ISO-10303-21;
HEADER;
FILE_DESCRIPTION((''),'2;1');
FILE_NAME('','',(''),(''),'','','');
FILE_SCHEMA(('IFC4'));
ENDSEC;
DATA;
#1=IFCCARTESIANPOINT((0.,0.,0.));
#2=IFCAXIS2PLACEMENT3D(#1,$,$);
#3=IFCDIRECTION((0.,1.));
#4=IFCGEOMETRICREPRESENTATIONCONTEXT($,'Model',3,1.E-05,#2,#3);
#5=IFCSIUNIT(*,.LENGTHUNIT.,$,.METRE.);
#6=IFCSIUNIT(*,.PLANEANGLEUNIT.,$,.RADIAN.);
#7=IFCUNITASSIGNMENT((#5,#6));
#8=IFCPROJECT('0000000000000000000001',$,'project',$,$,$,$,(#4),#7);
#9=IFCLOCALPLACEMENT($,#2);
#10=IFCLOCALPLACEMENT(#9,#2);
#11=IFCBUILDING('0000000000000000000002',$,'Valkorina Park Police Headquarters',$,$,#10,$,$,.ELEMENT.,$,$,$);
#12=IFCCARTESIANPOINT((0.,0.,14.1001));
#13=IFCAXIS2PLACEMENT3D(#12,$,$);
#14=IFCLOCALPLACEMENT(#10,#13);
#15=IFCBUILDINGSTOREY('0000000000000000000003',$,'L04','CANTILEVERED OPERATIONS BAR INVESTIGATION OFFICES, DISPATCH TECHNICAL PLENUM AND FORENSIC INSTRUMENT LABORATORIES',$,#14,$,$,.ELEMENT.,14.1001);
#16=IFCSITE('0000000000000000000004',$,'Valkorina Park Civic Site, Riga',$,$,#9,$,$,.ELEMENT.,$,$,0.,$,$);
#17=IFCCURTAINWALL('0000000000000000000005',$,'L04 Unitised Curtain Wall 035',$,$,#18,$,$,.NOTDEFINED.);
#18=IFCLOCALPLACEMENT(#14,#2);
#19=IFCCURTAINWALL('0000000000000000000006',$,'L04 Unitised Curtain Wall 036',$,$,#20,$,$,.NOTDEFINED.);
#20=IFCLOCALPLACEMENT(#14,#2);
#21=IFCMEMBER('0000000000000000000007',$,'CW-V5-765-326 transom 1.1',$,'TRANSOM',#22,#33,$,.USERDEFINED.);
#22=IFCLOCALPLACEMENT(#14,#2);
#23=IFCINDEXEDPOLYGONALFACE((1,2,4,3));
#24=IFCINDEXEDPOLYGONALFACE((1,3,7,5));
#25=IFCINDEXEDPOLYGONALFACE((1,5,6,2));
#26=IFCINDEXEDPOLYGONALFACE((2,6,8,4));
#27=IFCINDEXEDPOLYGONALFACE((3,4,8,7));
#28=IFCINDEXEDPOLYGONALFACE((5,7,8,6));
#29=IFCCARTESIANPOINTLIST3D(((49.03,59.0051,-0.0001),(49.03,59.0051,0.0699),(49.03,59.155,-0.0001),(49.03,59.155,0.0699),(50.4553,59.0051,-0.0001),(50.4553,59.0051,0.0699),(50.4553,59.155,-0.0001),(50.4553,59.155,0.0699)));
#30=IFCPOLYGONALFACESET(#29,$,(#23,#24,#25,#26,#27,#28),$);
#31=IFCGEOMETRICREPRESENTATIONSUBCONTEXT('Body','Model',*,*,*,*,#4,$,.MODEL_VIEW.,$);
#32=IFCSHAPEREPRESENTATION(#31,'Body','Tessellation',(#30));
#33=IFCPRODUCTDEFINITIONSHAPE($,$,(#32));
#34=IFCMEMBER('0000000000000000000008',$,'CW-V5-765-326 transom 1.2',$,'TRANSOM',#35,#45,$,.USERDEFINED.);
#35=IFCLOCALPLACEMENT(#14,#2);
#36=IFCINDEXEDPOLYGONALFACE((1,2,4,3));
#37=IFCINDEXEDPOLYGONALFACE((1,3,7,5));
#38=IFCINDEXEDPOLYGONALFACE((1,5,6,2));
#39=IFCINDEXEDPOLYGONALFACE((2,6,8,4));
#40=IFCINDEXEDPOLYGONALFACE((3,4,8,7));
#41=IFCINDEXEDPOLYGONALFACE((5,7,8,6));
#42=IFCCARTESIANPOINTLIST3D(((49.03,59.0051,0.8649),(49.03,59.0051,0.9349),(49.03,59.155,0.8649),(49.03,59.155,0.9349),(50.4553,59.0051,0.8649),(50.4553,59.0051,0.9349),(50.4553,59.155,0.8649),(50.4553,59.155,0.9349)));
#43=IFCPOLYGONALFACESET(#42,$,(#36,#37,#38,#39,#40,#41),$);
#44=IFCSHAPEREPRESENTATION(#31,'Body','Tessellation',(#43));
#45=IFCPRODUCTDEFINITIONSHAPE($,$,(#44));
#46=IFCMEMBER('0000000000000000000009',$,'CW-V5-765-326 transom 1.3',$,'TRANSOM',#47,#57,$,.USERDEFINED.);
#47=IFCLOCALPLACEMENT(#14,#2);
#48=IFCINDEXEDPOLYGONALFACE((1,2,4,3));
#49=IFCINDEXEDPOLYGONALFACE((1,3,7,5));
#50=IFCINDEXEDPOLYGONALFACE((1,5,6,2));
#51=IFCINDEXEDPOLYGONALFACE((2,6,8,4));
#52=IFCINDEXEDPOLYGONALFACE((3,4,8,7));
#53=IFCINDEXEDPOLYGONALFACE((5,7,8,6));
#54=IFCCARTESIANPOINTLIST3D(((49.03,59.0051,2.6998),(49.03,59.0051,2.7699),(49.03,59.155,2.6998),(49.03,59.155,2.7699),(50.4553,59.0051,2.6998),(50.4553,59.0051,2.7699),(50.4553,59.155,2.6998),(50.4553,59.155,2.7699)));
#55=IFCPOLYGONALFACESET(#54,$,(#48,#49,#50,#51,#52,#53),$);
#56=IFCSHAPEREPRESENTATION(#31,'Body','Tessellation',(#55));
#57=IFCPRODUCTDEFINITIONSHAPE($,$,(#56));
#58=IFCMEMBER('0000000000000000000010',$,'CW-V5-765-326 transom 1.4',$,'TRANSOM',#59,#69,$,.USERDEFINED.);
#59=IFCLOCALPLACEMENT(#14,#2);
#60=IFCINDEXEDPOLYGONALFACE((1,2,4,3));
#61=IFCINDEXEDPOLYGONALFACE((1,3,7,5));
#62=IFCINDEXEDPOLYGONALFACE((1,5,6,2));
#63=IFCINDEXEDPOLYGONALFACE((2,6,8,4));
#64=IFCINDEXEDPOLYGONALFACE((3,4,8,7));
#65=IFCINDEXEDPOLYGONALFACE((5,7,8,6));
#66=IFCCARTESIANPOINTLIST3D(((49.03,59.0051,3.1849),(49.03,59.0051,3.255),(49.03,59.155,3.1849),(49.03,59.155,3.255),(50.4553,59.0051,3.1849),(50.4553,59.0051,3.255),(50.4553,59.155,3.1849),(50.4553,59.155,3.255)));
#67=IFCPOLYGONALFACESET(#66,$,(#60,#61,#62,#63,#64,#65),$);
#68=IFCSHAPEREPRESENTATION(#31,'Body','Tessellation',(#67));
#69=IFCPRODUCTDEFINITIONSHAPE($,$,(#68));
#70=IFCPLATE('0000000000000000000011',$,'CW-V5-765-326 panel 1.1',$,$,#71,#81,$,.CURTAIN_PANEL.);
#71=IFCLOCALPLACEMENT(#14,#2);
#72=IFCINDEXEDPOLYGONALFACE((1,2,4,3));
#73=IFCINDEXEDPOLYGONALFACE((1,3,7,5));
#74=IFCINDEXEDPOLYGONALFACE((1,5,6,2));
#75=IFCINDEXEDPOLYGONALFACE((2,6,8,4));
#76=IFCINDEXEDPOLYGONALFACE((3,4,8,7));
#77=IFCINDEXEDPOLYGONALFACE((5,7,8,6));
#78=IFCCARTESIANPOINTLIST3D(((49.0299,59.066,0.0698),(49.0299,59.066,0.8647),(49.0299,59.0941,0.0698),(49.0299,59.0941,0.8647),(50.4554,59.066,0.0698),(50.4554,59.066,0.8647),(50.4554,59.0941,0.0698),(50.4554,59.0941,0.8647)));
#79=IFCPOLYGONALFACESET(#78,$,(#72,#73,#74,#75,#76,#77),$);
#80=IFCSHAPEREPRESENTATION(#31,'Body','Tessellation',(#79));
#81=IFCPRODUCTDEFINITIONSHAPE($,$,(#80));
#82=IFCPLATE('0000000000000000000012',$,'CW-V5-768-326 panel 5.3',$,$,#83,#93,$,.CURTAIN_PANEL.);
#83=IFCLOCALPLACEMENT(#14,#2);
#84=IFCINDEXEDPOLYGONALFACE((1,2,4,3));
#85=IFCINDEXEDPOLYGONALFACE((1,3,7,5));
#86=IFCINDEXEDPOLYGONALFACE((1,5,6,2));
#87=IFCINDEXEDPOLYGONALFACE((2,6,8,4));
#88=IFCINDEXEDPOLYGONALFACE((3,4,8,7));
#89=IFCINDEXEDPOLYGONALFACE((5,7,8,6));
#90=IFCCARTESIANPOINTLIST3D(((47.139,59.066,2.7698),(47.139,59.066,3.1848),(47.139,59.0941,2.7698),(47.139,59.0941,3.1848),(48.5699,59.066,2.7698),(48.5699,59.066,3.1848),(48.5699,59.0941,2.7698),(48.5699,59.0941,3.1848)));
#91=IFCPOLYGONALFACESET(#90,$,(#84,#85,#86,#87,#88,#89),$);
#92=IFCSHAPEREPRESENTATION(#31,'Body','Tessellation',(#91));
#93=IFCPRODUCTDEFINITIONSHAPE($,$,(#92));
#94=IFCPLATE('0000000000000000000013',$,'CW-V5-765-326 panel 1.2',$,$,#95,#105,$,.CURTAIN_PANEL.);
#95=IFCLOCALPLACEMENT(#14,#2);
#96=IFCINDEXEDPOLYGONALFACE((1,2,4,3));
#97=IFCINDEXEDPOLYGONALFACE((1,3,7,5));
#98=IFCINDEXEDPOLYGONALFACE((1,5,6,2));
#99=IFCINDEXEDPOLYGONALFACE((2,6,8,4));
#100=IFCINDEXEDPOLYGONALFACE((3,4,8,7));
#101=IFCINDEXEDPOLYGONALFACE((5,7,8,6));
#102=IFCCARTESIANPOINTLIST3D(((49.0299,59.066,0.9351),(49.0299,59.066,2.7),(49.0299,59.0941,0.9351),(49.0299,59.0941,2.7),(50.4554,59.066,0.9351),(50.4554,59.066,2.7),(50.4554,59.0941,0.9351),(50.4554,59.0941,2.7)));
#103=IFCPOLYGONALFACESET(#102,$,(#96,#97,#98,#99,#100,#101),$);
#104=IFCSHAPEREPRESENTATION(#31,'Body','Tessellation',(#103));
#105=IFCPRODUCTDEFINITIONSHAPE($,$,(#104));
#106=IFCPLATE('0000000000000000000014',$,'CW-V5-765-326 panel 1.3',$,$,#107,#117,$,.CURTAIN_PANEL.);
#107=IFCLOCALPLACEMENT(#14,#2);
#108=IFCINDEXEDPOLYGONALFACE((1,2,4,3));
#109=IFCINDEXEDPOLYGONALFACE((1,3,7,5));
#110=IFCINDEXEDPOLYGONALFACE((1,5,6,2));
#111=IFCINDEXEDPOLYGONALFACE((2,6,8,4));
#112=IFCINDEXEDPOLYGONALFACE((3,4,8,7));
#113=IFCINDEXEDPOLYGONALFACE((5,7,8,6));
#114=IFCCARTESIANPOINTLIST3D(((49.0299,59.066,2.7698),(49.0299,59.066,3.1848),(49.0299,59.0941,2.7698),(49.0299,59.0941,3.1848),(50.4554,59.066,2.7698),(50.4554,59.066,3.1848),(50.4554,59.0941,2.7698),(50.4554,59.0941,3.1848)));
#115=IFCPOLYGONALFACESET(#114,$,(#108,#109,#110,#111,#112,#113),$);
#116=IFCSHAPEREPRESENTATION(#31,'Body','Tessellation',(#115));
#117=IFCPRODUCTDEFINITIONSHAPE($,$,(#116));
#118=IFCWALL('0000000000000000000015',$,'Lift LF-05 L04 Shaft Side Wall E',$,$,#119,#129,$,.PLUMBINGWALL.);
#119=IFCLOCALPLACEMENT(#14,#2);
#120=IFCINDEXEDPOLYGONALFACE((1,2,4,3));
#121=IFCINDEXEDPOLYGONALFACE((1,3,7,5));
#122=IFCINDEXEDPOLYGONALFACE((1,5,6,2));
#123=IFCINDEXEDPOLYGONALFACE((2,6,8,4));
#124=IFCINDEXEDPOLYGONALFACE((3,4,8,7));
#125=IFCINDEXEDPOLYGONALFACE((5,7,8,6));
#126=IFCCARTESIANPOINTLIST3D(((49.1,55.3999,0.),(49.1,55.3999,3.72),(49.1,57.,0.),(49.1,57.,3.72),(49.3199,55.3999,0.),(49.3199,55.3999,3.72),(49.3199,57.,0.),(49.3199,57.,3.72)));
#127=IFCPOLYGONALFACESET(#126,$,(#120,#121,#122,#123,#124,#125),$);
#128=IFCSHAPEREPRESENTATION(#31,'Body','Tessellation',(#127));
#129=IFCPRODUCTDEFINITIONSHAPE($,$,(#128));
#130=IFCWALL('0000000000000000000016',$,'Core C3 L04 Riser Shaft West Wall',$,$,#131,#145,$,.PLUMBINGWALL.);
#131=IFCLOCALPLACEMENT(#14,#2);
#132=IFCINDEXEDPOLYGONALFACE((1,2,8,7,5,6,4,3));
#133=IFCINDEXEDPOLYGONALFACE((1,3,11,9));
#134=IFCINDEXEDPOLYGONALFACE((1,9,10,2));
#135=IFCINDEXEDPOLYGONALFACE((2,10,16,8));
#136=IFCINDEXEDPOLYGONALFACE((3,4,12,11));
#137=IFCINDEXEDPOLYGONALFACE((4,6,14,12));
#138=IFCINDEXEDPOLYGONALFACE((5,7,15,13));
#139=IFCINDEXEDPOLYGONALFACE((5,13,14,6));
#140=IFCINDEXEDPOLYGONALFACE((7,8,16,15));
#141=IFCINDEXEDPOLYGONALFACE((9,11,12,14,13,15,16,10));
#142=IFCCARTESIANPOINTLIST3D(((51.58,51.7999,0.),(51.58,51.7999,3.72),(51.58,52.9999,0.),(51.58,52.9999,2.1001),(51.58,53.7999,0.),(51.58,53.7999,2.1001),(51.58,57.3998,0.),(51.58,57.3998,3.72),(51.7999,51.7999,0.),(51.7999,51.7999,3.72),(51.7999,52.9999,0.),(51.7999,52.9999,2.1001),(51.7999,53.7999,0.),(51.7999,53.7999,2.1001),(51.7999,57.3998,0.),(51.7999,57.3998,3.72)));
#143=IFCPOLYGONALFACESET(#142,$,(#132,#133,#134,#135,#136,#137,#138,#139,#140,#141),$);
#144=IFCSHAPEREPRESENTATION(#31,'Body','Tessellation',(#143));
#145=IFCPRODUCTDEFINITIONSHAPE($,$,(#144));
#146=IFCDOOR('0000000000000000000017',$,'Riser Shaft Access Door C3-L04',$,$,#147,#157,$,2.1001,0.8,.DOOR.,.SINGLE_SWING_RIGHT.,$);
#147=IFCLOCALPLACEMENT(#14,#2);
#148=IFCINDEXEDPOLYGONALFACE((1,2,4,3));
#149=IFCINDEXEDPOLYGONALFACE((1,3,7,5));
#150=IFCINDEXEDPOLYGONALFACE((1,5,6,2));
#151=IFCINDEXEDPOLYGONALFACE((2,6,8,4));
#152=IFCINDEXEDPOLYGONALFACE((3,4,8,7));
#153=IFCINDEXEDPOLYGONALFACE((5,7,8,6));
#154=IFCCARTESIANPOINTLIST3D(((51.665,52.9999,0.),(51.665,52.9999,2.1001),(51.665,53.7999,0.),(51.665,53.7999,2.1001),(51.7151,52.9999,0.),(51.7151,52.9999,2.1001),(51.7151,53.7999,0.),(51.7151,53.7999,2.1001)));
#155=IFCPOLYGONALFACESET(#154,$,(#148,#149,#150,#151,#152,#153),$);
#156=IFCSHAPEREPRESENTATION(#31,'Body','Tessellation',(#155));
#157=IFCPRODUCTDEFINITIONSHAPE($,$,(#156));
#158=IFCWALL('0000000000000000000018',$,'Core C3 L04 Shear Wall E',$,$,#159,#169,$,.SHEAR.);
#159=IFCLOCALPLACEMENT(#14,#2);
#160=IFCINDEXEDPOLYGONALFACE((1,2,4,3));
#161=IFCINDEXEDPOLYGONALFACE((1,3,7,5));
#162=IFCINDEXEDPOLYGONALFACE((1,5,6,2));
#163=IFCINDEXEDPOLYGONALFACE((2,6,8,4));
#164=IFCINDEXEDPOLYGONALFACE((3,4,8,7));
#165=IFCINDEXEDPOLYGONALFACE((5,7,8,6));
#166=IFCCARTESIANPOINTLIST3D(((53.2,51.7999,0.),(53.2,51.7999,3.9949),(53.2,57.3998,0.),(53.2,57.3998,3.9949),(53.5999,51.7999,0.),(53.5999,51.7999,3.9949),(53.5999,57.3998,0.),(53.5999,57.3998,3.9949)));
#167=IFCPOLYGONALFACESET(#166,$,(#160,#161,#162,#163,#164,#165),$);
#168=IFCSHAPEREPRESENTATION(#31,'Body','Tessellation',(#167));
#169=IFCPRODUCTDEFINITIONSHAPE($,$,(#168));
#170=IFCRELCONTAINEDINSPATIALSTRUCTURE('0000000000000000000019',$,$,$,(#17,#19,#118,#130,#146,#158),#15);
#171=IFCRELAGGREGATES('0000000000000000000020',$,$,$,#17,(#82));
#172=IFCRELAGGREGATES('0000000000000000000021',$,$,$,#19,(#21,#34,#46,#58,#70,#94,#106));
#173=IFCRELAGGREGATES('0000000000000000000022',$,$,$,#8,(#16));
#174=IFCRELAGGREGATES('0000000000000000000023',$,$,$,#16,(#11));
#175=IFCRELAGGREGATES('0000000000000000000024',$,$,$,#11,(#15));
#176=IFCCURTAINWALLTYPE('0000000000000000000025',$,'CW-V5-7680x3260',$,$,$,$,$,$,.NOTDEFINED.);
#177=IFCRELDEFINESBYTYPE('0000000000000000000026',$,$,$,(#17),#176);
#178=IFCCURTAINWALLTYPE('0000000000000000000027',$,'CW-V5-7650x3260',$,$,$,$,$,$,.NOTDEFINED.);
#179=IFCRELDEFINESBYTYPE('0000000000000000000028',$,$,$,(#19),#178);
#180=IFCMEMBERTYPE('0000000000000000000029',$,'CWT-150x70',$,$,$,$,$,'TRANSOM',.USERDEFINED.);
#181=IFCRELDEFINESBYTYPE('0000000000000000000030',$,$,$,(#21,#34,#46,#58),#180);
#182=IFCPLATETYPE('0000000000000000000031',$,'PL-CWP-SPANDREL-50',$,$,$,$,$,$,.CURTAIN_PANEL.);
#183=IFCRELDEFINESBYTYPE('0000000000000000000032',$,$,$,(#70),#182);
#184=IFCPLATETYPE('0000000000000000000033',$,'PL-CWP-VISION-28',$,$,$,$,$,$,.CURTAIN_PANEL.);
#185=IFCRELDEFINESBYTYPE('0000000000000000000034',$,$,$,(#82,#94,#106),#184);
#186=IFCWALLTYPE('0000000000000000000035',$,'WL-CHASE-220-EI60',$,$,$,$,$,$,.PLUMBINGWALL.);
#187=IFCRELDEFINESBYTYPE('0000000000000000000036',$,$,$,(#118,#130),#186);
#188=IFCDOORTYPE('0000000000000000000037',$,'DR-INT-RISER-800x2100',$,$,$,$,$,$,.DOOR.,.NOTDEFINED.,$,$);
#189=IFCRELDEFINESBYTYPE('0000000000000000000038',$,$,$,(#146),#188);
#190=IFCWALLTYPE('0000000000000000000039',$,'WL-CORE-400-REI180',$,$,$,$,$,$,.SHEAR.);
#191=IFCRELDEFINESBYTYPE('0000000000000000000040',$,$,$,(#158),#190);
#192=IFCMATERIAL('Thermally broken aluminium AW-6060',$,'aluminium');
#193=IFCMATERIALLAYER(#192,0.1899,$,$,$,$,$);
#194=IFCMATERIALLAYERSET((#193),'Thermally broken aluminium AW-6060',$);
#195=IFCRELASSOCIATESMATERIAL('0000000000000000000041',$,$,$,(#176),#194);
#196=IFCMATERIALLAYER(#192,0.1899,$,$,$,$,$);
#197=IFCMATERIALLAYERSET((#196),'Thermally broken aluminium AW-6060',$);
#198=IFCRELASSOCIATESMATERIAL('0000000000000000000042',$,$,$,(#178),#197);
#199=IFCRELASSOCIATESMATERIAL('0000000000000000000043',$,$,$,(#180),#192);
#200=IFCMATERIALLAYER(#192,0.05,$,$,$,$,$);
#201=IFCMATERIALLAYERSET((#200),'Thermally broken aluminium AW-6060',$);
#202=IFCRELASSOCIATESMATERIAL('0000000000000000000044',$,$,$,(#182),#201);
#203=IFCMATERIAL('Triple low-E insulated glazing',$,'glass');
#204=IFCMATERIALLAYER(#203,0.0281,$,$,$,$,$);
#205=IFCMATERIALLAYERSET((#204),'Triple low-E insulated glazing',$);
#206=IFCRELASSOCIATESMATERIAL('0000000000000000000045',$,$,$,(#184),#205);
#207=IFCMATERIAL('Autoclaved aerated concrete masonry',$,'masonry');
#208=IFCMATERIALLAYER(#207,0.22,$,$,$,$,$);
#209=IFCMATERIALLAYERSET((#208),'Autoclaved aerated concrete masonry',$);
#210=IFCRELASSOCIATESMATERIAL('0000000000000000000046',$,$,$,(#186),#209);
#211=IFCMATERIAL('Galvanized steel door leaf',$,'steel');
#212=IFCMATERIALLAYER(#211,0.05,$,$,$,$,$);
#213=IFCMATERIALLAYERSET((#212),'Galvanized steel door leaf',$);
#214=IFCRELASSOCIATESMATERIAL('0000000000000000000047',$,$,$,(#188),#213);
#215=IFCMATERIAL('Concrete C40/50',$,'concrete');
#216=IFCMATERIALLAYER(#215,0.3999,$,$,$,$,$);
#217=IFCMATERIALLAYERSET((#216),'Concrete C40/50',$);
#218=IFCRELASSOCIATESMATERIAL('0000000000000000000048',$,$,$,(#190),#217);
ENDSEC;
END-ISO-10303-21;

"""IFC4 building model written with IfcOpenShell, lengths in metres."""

from ifc_helpers import new_model, si_unit, direction, frame, frame_2d, origin, origin_2d, place, context, subcontext, project, spatial, rectangle, extrude, material, layer, layer_set, material_profile, profile_set, type_object, element, fill, aggregate, save


model = new_model("IFC4")

# Units and contexts
model_context = context("Model", 3, precision=1e-05, world=origin(), true_north=direction((0.0, 1.0)))
body_context = subcontext(model_context, "Body", "Model", "MODEL_VIEW")
ifc_project = project(units=[si_unit("LENGTHUNIT", "METRE"), si_unit("PLANEANGLEUNIT", "RADIAN")], contexts=[model_context])

# Site, building, storey
site_placement = place(None, origin())
site = spatial("IfcSite", under=ifc_project, at=site_placement, Name="Valkorina Park Civic Site, Riga", CompositionType="ELEMENT", RefElevation=0.0)
building_placement = place(site_placement, origin())
building = spatial("IfcBuilding", under=site, at=building_placement, Name="Valkorina Park Police Headquarters", CompositionType="ELEMENT")
storey_placement = place(building_placement, frame((0.0, 0.0, 14.1001)))
storey = spatial("IfcBuildingStorey", under=building, at=storey_placement, Name="L04", Description="CANTILEVERED OPERATIONS BAR INVESTIGATION OFFICES, DISPATCH TECHNICAL PLENUM AND FORENSIC INSTRUMENT LABORATORIES", CompositionType="ELEMENT", Elevation=14.1001)

# Curtain wall
ifc_material_1 = material(Name="Thermally broken aluminium AW-6060", Category="aluminium")
ifc_layer_1 = layer(ifc_material_1, 0.1899)
ifc_layer_set_1 = layer_set([ifc_layer_1], Name="Thermally broken aluminium AW-6060")
curtain_wall_type_1 = type_object("IfcCurtainWallType", Name="CW-V5-7680x3260", PredefinedType="NOTDEFINED", material=ifc_layer_set_1)
curtain_wall_1_placement = place(storey_placement, origin())
curtain_wall_1 = element("IfcCurtainWall", 1, at=curtain_wall_1_placement, inside=storey, type_object=curtain_wall_type_1, Name="L04 Unitised Curtain Wall 035", PredefinedType="NOTDEFINED")

# Curtain wall, members, plate
ifc_layer_2 = layer(ifc_material_1, 0.1899)
ifc_layer_set_2 = layer_set([ifc_layer_2], Name="Thermally broken aluminium AW-6060")
curtain_wall_type_2 = type_object("IfcCurtainWallType", Name="CW-V5-7650x3260", PredefinedType="NOTDEFINED", material=ifc_layer_set_2)
curtain_wall_2_placement = place(storey_placement, origin())
curtain_wall_2 = element("IfcCurtainWall", 2, at=curtain_wall_2_placement, inside=storey, type_object=curtain_wall_type_2, Name="L04 Unitised Curtain Wall 036", PredefinedType="NOTDEFINED")
ifc_material_profile_1 = material_profile(ifc_material_1, rectangle(XDim=0.1499, YDim=0.0701, at=origin_2d()), Name="CWT-02 150x70")
ifc_profile_set_1 = profile_set([ifc_material_profile_1], Name="Thermally broken aluminium AW-6060")
member_type_1 = type_object("IfcMemberType", Name="CWT-150x70", ElementType="TRANSOM", PredefinedType="USERDEFINED", material=ifc_profile_set_1)
member_1_placement = place(storey_placement, frame((49.03, 59.0801, 0.0349), z_axis=(1.0, 0.0, 0.0), x_axis=(0.0, 1.0, 0.0)))
member_1 = element("IfcMember", 3, at=member_1_placement, type_object=member_type_1, Name="CW-V5-765-326 transom 1.1", ObjectType="TRANSOM", PredefinedType="USERDEFINED", context=body_context, shape_type="SweptSolid", body=[
    extrude(rectangle(XDim=0.1499, YDim=0.0701, at=origin_2d()), origin(), (0.0, 0.0, 1.0), 1.4253),
])
member_2_placement = place(storey_placement, frame((49.03, 59.0801, 0.8999), z_axis=(1.0, 0.0, 0.0), x_axis=(0.0, 1.0, 0.0)))
member_2 = element("IfcMember", 4, at=member_2_placement, type_object=member_type_1, Name="CW-V5-765-326 transom 1.2", ObjectType="TRANSOM", PredefinedType="USERDEFINED", context=body_context, shape_type="SweptSolid", body=[
    extrude(rectangle(XDim=0.1499, YDim=0.0701, at=origin_2d()), origin(), (0.0, 0.0, 1.0), 1.4253),
])
member_3_placement = place(storey_placement, frame((49.03, 59.0801, 2.7349), z_axis=(1.0, 0.0, 0.0), x_axis=(0.0, 1.0, 0.0)))
member_3 = element("IfcMember", 5, at=member_3_placement, type_object=member_type_1, Name="CW-V5-765-326 transom 1.3", ObjectType="TRANSOM", PredefinedType="USERDEFINED", context=body_context, shape_type="SweptSolid", body=[
    extrude(rectangle(XDim=0.1499, YDim=0.0701, at=origin_2d()), origin(), (0.0, 0.0, 1.0), 1.4253),
])
member_4_placement = place(storey_placement, frame((49.03, 59.0801, 3.22), z_axis=(1.0, 0.0, 0.0), x_axis=(0.0, 1.0, 0.0)))
member_4 = element("IfcMember", 6, at=member_4_placement, type_object=member_type_1, Name="CW-V5-765-326 transom 1.4", ObjectType="TRANSOM", PredefinedType="USERDEFINED", context=body_context, shape_type="SweptSolid", body=[
    extrude(rectangle(XDim=0.1499, YDim=0.0701, at=origin_2d()), origin(), (0.0, 0.0, 1.0), 1.4253),
])
ifc_layer_3 = layer(ifc_material_1, 0.05)
ifc_layer_set_3 = layer_set([ifc_layer_3], Name="Thermally broken aluminium AW-6060")
plate_type_1 = type_object("IfcPlateType", Name="PL-CWP-SPANDREL-50", PredefinedType="CURTAIN_PANEL", material=ifc_layer_set_3)
plate_1_placement = place(storey_placement, frame((49.7427, 59.0801, 0.0698), z_axis=(0.0, 0.0, 1.0), x_axis=(1.0, 0.0, 0.0)))
plate_1 = element("IfcPlate", 7, at=plate_1_placement, type_object=plate_type_1, Name="CW-V5-765-326 panel 1.1", PredefinedType="CURTAIN_PANEL", context=body_context, shape_type="SweptSolid", body=[
    extrude(rectangle(XDim=1.4255, YDim=0.0281, at=origin_2d()), origin(), (0.0, 0.0, 1.0), 0.7949),
])

# Plates
ifc_material_2 = material(Name="Triple low-E insulated glazing", Category="glass")
ifc_layer_4 = layer(ifc_material_2, 0.0281)
ifc_layer_set_4 = layer_set([ifc_layer_4], Name="Triple low-E insulated glazing")
plate_type_2 = type_object("IfcPlateType", Name="PL-CWP-VISION-28", PredefinedType="CURTAIN_PANEL", material=ifc_layer_set_4)
plate_2_placement = place(storey_placement, frame((47.8545, 59.0801, 2.7698), z_axis=(0.0, 0.0, 1.0), x_axis=(1.0, 0.0, 0.0)))
plate_2 = element("IfcPlate", 8, at=plate_2_placement, type_object=plate_type_2, Name="CW-V5-768-326 panel 5.3", PredefinedType="CURTAIN_PANEL", context=body_context, shape_type="SweptSolid", body=[
    extrude(rectangle(XDim=1.4309, YDim=0.0281, at=origin_2d()), origin(), (0.0, 0.0, 1.0), 0.415),
])
aggregate(curtain_wall_1, [plate_2])
plate_3_placement = place(storey_placement, frame((49.7427, 59.0801, 0.9351), z_axis=(0.0, 0.0, 1.0), x_axis=(1.0, 0.0, 0.0)))
plate_3 = element("IfcPlate", 9, at=plate_3_placement, type_object=plate_type_2, Name="CW-V5-765-326 panel 1.2", PredefinedType="CURTAIN_PANEL", context=body_context, shape_type="SweptSolid", body=[
    extrude(rectangle(XDim=1.4255, YDim=0.0281, at=origin_2d()), origin(), (0.0, 0.0, 1.0), 1.7649),
])
plate_4_placement = place(storey_placement, frame((49.7427, 59.0801, 2.7698), z_axis=(0.0, 0.0, 1.0), x_axis=(1.0, 0.0, 0.0)))
plate_4 = element("IfcPlate", 10, at=plate_4_placement, type_object=plate_type_2, Name="CW-V5-765-326 panel 1.3", PredefinedType="CURTAIN_PANEL", context=body_context, shape_type="SweptSolid", body=[
    extrude(rectangle(XDim=1.4255, YDim=0.0281, at=origin_2d()), origin(), (0.0, 0.0, 1.0), 0.415),
])
aggregate(curtain_wall_2, [member_1, member_2, member_3, member_4, plate_1, plate_3, plate_4])

# Wall
ifc_material_3 = material(Name="Autoclaved aerated concrete masonry", Category="masonry")
ifc_layer_5 = layer(ifc_material_3, 0.22)
ifc_layer_set_5 = layer_set([ifc_layer_5], Name="Autoclaved aerated concrete masonry")
wall_type_1 = type_object("IfcWallType", Name="WL-CHASE-220-EI60", PredefinedType="PLUMBINGWALL", material=ifc_layer_set_5)
wall_1_placement = place(storey_placement, frame((49.21, 55.3999, 0.0), z_axis=(0.0, 0.0, 1.0), x_axis=(0.0, 1.0, 0.0)))
element("IfcWall", 11, at=wall_1_placement, inside=storey, type_object=wall_type_1, Name="Lift LF-05 L04 Shaft Side Wall E", PredefinedType="PLUMBINGWALL", context=body_context, shape_type="SweptSolid", body=[
    extrude(rectangle(XDim=1.6001, YDim=0.22, at=frame_2d((0.8, 0.0))), origin(), (0.0, 0.0, 1.0), 3.72),
])

# Wall, opening, door
wall_2_placement = place(storey_placement, frame((51.6899, 51.8, 0.0), z_axis=(0.0, 0.0, 1.0), x_axis=(0.0, 1.0, 0.0)))
wall_2 = element("IfcWall", 12, at=wall_2_placement, inside=storey, type_object=wall_type_1, Name="Core C3 L04 Riser Shaft West Wall", PredefinedType="PLUMBINGWALL", context=body_context, shape_type="SweptSolid", body=[
    extrude(rectangle(XDim=5.5999, YDim=0.22, at=frame_2d((2.7998, 0.0))), origin(), (0.0, 0.0, 1.0), 3.72),
])
opening_1_placement = place(wall_2_placement, frame((1.2, 0.0, 0.0)))
opening_1 = element("IfcOpeningElement", 13, at=opening_1_placement, cuts=wall_2, PredefinedType="OPENING", context=body_context, shape_type="SweptSolid", body=[
    extrude(rectangle(XDim=0.8, YDim=2.1001, at=frame_2d((0.3999, 1.05))), frame((0.0, 0.1201, 0.0), z_axis=(0.0, -1.0, 0.0), x_axis=(1.0, 0.0, 0.0)), (0.0, 0.0, 1.0), 0.24),
])
ifc_material_4 = material(Name="Galvanized steel door leaf", Category="steel")
ifc_layer_6 = layer(ifc_material_4, 0.05)
ifc_layer_set_6 = layer_set([ifc_layer_6], Name="Galvanized steel door leaf")
door_type_1 = type_object("IfcDoorType", Name="DR-INT-RISER-800x2100", OperationType="NOTDEFINED", PredefinedType="DOOR", material=ifc_layer_set_6)
door_1_placement = place(opening_1_placement, origin())
door_1 = element("IfcDoor", 14, at=door_1_placement, inside=storey, type_object=door_type_1, Name="Riser Shaft Access Door C3-L04", OperationType="SINGLE_SWING_RIGHT", OverallHeight=2.1001, OverallWidth=0.8, PredefinedType="DOOR", context=body_context, shape_type="SweptSolid", body=[
    extrude(rectangle(XDim=0.8, YDim=2.1001, at=frame_2d((0.3999, 1.05))), frame((0.0, 0.0249, 0.0), z_axis=(0.0, -1.0, 0.0), x_axis=(1.0, 0.0, 0.0)), (0.0, 0.0, 1.0), 0.05),
])
fill(opening_1, door_1)

# Wall
ifc_material_5 = material(Name="Concrete C40/50", Category="concrete")
ifc_layer_7 = layer(ifc_material_5, 0.3999)
ifc_layer_set_7 = layer_set([ifc_layer_7], Name="Concrete C40/50")
wall_type_2 = type_object("IfcWallType", Name="WL-CORE-400-REI180", PredefinedType="SHEAR", material=ifc_layer_set_7)
wall_3_placement = place(storey_placement, frame((53.3999, 51.8, 0.0), z_axis=(0.0, 0.0, 1.0), x_axis=(0.0, 1.0, 0.0)))
element("IfcWall", 15, at=wall_3_placement, inside=storey, type_object=wall_type_2, Name="Core C3 L04 Shear Wall E", PredefinedType="SHEAR", context=body_context, shape_type="SweptSolid", body=[
    extrude(rectangle(XDim=5.5999, YDim=0.3999, at=frame_2d((2.7998, 0.0))), origin(), (0.0, 0.0, 1.0), 3.9949),
])

save(model, "model.ifc")
